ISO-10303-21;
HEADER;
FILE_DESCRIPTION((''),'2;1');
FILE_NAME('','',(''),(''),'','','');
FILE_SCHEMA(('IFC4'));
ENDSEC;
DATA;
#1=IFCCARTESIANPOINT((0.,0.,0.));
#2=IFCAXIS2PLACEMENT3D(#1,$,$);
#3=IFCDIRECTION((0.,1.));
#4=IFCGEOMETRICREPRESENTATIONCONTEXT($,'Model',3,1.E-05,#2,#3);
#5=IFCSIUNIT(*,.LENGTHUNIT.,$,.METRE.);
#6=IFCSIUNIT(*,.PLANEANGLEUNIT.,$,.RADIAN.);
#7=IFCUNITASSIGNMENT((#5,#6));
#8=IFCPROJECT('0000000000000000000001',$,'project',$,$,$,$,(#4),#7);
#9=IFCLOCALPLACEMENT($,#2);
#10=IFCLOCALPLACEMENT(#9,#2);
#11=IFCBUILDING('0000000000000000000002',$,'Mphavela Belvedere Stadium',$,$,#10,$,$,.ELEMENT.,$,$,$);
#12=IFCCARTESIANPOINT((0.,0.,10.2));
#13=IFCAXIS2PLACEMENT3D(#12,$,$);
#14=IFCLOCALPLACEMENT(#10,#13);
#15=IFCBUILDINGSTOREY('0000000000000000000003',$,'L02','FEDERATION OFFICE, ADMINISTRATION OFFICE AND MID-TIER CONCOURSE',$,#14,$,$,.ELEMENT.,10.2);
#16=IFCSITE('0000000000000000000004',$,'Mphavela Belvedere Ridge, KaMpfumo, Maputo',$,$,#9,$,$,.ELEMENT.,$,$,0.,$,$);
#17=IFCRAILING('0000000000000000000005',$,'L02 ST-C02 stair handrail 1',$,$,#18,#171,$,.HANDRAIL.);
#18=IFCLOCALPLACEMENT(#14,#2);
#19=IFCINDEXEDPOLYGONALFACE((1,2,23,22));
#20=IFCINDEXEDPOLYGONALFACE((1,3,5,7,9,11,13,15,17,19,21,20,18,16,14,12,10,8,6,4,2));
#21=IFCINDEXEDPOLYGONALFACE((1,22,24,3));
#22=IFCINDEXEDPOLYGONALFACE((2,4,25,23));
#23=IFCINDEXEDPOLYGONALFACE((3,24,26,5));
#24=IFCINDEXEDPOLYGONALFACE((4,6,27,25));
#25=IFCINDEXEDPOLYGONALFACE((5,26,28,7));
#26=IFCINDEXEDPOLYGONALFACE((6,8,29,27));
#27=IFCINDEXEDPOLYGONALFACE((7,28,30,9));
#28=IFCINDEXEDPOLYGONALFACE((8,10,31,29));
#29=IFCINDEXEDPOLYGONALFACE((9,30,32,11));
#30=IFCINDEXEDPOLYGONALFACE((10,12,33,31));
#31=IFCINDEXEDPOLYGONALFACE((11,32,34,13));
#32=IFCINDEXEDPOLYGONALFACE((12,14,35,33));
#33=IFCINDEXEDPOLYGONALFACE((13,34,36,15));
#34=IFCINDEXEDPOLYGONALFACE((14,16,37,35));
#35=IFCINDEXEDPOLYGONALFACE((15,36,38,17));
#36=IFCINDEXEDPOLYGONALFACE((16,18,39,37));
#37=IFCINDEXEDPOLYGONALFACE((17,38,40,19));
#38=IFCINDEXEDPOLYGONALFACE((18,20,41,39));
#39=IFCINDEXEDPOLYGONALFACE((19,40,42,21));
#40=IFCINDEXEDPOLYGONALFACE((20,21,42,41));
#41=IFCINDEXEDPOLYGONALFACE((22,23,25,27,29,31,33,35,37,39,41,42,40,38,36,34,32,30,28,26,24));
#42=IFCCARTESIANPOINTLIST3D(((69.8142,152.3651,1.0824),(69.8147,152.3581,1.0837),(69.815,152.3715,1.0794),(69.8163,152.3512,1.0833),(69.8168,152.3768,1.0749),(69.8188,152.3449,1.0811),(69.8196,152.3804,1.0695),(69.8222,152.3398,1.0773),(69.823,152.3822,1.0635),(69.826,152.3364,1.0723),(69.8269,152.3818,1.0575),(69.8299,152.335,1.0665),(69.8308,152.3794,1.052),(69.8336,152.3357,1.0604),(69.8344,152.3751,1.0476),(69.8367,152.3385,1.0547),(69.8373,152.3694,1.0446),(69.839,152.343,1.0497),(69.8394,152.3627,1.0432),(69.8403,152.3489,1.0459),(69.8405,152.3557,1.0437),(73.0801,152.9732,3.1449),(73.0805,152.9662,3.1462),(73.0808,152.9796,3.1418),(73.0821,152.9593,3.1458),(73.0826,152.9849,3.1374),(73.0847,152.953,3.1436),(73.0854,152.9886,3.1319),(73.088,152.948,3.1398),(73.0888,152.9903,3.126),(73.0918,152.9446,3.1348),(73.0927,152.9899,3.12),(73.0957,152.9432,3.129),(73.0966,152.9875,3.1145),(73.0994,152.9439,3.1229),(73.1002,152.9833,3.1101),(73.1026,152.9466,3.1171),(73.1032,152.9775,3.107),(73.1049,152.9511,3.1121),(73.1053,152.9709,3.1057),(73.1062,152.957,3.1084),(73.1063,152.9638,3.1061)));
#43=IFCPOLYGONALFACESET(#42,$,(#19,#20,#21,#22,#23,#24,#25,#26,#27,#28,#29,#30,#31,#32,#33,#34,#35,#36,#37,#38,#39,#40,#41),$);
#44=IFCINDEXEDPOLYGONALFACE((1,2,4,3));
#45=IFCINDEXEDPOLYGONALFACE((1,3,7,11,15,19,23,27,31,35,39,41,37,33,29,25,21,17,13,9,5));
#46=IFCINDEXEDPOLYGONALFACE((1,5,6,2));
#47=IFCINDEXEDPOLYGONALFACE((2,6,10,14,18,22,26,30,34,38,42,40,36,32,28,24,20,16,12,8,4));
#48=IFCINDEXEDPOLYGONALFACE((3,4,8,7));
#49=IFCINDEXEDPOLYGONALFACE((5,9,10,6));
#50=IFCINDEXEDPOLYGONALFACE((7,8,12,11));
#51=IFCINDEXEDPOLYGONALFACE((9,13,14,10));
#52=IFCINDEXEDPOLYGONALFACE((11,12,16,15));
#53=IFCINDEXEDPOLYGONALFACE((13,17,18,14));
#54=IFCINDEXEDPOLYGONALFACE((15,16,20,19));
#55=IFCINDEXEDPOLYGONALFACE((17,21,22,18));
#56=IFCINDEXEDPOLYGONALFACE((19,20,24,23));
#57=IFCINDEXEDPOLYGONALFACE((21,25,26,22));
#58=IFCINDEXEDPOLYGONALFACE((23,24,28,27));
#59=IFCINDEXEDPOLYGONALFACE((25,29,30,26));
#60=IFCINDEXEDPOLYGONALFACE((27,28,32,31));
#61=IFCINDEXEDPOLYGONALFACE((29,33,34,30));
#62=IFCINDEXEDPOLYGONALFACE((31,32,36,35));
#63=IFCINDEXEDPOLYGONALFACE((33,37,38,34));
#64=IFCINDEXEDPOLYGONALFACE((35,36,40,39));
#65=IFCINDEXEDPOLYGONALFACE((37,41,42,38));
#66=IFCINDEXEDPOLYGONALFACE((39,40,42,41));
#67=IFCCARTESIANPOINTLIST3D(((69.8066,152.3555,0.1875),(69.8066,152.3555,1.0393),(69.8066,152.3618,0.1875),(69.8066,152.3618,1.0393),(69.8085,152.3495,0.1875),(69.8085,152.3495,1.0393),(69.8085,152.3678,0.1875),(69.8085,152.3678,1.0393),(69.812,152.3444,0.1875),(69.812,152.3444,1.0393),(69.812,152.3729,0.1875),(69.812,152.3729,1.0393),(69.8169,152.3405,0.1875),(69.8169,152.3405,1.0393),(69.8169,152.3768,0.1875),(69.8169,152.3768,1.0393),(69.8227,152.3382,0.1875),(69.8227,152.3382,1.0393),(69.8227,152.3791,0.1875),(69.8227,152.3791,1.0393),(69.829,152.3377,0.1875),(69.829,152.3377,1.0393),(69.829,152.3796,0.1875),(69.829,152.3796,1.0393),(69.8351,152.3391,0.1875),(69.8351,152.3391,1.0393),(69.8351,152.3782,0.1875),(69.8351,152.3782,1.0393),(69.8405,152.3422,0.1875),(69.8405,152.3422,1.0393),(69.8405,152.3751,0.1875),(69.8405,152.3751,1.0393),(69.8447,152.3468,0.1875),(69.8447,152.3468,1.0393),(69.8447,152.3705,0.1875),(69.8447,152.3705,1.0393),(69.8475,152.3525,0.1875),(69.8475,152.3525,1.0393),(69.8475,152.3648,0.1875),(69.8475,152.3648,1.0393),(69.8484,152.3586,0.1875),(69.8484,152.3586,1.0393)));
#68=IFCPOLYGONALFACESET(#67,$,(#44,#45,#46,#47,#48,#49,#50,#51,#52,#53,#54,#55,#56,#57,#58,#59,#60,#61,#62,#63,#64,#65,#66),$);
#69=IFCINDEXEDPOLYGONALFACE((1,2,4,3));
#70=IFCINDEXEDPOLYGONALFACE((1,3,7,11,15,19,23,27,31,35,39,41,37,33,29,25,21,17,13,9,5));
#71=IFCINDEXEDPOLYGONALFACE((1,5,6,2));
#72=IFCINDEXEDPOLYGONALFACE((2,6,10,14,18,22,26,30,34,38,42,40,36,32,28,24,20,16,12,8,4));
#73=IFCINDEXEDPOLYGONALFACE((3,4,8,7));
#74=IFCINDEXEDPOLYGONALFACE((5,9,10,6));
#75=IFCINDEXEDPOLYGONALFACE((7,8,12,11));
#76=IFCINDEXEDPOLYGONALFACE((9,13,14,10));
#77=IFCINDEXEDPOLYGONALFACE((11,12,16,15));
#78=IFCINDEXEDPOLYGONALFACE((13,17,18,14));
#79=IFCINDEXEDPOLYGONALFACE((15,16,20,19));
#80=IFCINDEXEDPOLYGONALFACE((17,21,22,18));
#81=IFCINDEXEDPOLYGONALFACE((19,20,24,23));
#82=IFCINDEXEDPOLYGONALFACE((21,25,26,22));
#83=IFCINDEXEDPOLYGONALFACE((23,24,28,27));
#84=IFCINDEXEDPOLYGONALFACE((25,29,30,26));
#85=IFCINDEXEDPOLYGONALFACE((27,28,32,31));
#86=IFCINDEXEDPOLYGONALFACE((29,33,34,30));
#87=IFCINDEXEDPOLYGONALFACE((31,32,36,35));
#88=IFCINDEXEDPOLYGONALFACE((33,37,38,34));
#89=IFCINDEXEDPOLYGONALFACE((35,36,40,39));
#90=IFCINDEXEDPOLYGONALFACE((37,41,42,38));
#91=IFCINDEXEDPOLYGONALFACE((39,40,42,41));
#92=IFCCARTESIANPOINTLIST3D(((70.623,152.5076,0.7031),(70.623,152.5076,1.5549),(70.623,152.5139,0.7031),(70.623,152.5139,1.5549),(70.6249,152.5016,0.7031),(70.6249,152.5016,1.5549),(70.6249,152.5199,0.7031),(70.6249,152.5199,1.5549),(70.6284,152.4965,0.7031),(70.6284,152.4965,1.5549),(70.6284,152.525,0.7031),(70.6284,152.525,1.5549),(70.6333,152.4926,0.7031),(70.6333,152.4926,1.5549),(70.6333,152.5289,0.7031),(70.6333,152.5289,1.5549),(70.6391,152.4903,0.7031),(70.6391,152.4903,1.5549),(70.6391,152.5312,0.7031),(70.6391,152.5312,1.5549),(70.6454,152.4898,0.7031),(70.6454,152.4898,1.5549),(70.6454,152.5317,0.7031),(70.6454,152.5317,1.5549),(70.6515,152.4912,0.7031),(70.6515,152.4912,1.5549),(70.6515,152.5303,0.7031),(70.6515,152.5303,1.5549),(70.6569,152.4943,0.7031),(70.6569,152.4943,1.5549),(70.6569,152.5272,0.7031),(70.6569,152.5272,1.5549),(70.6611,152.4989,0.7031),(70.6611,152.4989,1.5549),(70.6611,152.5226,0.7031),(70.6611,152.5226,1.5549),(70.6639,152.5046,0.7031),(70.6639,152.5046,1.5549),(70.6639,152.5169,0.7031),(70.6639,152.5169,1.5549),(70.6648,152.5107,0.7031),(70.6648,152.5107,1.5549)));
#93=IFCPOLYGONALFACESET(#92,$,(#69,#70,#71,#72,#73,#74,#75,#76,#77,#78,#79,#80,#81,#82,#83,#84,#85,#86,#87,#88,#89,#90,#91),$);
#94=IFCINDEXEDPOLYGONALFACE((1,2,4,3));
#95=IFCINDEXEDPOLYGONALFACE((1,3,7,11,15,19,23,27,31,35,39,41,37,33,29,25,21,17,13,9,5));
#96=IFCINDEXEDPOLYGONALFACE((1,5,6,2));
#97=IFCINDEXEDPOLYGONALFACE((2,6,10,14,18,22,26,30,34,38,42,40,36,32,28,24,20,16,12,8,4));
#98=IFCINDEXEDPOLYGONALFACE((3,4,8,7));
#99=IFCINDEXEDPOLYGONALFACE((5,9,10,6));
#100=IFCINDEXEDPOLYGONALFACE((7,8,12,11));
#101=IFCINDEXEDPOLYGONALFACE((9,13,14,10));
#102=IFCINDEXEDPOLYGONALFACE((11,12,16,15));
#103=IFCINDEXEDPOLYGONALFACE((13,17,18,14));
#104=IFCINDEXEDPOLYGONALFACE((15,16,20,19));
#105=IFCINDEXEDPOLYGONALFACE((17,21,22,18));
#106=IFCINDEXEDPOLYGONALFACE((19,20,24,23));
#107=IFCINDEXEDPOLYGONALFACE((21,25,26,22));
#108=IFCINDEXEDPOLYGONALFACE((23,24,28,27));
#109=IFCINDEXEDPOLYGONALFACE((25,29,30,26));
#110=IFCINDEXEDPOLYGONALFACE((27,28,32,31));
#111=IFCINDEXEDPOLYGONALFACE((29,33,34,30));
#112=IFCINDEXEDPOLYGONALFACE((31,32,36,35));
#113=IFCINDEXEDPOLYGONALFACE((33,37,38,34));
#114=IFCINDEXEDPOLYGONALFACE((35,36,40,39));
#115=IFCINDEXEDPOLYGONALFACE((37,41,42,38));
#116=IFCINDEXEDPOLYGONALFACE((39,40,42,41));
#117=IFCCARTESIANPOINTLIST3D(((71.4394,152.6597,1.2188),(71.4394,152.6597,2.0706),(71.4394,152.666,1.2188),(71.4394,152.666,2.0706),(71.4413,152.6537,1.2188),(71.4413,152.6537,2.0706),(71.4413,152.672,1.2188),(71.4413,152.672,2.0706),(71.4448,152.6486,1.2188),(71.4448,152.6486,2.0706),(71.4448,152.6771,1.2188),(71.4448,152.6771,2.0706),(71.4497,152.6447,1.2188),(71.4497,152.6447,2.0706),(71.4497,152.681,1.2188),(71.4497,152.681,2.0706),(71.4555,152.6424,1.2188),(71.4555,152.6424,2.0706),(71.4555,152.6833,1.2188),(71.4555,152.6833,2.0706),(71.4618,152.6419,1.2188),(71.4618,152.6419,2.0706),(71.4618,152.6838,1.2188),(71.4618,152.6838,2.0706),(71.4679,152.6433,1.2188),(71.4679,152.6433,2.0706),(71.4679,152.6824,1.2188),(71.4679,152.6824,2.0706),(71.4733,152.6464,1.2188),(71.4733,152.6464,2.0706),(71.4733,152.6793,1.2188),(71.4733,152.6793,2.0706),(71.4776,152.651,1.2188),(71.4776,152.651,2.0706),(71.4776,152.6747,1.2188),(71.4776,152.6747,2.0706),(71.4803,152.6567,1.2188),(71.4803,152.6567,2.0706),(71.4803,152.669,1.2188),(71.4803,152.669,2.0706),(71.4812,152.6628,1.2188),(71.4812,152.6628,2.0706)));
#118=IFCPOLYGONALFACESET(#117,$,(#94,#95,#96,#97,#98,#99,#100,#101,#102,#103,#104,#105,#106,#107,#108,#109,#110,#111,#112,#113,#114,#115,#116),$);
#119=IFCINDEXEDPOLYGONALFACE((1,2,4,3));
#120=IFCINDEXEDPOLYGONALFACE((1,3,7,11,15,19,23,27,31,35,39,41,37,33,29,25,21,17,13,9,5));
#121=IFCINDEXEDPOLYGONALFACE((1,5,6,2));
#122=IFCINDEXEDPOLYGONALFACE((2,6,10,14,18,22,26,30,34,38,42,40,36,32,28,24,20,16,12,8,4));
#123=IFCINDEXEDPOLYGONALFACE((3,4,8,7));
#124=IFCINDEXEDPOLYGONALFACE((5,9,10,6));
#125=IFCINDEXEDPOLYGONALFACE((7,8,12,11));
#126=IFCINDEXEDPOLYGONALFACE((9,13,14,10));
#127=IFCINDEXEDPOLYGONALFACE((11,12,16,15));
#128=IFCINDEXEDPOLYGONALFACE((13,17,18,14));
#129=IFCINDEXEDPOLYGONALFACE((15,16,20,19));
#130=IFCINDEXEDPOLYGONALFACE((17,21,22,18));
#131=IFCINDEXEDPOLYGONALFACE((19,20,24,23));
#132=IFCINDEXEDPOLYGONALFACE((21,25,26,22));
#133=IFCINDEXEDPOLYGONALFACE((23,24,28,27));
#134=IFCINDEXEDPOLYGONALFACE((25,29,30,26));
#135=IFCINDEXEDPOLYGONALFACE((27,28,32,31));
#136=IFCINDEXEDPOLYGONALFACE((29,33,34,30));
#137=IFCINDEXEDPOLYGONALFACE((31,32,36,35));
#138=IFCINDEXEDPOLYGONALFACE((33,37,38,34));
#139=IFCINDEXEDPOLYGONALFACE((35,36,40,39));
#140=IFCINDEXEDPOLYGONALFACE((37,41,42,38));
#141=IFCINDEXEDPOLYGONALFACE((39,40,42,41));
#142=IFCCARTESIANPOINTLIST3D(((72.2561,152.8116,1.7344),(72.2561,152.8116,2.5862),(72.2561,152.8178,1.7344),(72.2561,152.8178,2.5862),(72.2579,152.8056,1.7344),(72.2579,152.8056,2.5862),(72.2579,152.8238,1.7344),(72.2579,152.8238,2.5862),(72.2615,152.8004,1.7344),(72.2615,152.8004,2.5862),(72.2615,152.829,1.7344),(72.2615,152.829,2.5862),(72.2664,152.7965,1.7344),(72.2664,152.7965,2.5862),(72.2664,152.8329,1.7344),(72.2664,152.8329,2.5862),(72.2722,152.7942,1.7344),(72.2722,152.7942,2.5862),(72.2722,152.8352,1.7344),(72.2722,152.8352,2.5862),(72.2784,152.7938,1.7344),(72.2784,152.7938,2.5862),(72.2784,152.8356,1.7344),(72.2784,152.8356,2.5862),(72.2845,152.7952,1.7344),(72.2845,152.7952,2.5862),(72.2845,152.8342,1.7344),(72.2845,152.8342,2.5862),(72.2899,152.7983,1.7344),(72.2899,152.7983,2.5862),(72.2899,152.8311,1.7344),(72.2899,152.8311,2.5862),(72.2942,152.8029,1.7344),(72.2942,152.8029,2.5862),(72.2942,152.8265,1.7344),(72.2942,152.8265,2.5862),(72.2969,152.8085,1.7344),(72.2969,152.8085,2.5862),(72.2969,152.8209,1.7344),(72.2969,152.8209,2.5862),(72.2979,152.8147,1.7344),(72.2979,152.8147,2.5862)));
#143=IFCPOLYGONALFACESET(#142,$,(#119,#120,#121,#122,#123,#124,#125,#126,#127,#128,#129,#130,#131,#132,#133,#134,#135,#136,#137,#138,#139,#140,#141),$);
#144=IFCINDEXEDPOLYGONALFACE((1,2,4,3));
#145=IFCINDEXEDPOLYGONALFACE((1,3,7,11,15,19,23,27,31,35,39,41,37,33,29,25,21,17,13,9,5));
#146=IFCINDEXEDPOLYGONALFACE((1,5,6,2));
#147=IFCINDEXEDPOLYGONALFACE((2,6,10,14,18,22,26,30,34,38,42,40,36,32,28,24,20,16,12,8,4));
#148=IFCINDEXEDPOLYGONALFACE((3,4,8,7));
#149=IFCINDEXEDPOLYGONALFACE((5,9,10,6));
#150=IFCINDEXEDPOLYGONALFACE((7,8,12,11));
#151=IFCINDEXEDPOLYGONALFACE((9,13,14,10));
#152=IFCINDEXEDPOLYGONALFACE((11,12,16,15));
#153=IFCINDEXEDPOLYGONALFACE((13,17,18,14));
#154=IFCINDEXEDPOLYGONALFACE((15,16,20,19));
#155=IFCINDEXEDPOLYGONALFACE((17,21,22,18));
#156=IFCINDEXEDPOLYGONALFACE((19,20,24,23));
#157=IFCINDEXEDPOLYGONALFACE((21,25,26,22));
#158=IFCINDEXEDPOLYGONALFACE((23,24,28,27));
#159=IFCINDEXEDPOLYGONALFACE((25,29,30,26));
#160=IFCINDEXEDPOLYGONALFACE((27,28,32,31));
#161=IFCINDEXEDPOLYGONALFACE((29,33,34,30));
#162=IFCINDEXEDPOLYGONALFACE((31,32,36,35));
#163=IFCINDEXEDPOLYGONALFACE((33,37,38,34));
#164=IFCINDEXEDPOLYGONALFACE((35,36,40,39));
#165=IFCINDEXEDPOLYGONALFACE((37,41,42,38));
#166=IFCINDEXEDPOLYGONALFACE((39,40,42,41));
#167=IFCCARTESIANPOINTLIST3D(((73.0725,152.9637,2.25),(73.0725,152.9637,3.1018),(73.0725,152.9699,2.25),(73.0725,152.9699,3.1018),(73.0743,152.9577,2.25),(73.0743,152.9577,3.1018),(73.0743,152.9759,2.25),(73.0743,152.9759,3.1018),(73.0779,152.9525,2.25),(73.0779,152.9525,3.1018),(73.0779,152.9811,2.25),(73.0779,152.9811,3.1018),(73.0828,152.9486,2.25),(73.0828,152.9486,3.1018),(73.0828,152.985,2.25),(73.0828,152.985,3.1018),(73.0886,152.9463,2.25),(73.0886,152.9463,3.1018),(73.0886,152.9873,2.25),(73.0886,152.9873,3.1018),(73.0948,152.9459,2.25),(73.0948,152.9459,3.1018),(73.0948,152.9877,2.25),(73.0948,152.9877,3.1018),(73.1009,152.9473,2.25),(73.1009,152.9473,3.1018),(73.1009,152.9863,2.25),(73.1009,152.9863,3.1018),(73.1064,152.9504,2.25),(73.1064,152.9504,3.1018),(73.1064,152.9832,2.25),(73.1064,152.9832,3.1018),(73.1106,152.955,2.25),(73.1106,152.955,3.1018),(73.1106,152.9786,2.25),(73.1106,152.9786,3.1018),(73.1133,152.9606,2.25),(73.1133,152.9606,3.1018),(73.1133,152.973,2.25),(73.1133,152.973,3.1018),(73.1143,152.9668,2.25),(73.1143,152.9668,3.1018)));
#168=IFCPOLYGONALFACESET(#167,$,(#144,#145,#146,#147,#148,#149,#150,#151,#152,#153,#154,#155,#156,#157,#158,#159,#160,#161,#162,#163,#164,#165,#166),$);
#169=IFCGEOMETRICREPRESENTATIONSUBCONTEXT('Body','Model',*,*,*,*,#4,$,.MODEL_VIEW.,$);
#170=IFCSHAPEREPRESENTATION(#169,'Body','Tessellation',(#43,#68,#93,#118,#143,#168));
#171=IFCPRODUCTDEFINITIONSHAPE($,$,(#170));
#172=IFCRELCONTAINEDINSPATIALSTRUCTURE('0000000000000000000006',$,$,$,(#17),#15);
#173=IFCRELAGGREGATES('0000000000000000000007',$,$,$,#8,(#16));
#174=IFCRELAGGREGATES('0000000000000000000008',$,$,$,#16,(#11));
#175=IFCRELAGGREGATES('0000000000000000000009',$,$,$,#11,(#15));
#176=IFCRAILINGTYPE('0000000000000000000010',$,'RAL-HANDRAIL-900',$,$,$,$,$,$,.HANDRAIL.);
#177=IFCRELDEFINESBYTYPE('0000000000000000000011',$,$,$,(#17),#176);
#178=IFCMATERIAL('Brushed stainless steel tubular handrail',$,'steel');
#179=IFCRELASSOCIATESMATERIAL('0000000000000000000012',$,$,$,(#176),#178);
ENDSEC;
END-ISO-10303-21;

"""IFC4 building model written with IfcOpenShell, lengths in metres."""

from ifc_helpers import new_model, si_unit, direction, frame, origin, origin_2d, place, context, subcontext, project, spatial, circle, extrude, material, type_object, element, save


model = new_model("IFC4")

# Units and contexts
model_context = context("Model", 3, precision=1e-05, world=origin(), true_north=direction((0.0, 1.0)))
body_context = subcontext(model_context, "Body", "Model", "MODEL_VIEW")
ifc_project = project(units=[si_unit("LENGTHUNIT", "METRE"), si_unit("PLANEANGLEUNIT", "RADIAN")], contexts=[model_context])

# Site, building, storey
site_placement = place(None, origin())
site = spatial("IfcSite", under=ifc_project, at=site_placement, Name="Mphavela Belvedere Ridge, KaMpfumo, Maputo", CompositionType="ELEMENT", RefElevation=0.0)
building_placement = place(site_placement, origin())
building = spatial("IfcBuilding", under=site, at=building_placement, Name="Mphavela Belvedere Stadium", CompositionType="ELEMENT")
storey_placement = place(building_placement, frame((0.0, 0.0, 10.2)))
storey = spatial("IfcBuildingStorey", under=building, at=storey_placement, Name="L02", Description="FEDERATION OFFICE, ADMINISTRATION OFFICE AND MID-TIER CONCOURSE", CompositionType="ELEMENT", Elevation=10.2)

# Railing
ifc_material_1 = material(Name="Brushed stainless steel tubular handrail", Category="steel")
railing_type_1 = type_object("IfcRailingType", Name="RAL-HANDRAIL-900", PredefinedType="HANDRAIL", material=ifc_material_1)
railing_1_placement = place(storey_placement, frame((69.8274, 152.3586, 0.1875)))
element("IfcRailing", 1, at=railing_1_placement, inside=storey, type_object=railing_type_1, Name="L02 ST-C02 stair handrail 1", PredefinedType="HANDRAIL", context=body_context, shape_type="SweptSolid", body=[
    extrude(circle(Radius=0.0239, at=origin_2d()), frame((0.0, 0.0, 0.876), z_axis=(0.835218, 0.15553, 0.527467), x_axis=(-0.183068, 0.9831, 0.0)), (0.0, 0.0, 1.0), 3.9102),
    extrude(circle(Radius=0.021, at=origin_2d()), origin(), (0.0, 0.0, 1.0), 0.8518),
    extrude(circle(Radius=0.021, at=origin_2d()), frame((0.8164, 0.1521, 0.5156)), (0.0, 0.0, 1.0), 0.8518),
    extrude(circle(Radius=0.021, at=origin_2d()), frame((1.6328, 0.3042, 1.0312)), (0.0, 0.0, 1.0), 0.8518),
    extrude(circle(Radius=0.021, at=origin_2d()), frame((2.4495, 0.4561, 1.5469)), (0.0, 0.0, 1.0), 0.8518),
    extrude(circle(Radius=0.021, at=origin_2d()), frame((3.2659, 0.6082, 2.0625)), (0.0, 0.0, 1.0), 0.8518),
])

save(model, "model.ifc")
